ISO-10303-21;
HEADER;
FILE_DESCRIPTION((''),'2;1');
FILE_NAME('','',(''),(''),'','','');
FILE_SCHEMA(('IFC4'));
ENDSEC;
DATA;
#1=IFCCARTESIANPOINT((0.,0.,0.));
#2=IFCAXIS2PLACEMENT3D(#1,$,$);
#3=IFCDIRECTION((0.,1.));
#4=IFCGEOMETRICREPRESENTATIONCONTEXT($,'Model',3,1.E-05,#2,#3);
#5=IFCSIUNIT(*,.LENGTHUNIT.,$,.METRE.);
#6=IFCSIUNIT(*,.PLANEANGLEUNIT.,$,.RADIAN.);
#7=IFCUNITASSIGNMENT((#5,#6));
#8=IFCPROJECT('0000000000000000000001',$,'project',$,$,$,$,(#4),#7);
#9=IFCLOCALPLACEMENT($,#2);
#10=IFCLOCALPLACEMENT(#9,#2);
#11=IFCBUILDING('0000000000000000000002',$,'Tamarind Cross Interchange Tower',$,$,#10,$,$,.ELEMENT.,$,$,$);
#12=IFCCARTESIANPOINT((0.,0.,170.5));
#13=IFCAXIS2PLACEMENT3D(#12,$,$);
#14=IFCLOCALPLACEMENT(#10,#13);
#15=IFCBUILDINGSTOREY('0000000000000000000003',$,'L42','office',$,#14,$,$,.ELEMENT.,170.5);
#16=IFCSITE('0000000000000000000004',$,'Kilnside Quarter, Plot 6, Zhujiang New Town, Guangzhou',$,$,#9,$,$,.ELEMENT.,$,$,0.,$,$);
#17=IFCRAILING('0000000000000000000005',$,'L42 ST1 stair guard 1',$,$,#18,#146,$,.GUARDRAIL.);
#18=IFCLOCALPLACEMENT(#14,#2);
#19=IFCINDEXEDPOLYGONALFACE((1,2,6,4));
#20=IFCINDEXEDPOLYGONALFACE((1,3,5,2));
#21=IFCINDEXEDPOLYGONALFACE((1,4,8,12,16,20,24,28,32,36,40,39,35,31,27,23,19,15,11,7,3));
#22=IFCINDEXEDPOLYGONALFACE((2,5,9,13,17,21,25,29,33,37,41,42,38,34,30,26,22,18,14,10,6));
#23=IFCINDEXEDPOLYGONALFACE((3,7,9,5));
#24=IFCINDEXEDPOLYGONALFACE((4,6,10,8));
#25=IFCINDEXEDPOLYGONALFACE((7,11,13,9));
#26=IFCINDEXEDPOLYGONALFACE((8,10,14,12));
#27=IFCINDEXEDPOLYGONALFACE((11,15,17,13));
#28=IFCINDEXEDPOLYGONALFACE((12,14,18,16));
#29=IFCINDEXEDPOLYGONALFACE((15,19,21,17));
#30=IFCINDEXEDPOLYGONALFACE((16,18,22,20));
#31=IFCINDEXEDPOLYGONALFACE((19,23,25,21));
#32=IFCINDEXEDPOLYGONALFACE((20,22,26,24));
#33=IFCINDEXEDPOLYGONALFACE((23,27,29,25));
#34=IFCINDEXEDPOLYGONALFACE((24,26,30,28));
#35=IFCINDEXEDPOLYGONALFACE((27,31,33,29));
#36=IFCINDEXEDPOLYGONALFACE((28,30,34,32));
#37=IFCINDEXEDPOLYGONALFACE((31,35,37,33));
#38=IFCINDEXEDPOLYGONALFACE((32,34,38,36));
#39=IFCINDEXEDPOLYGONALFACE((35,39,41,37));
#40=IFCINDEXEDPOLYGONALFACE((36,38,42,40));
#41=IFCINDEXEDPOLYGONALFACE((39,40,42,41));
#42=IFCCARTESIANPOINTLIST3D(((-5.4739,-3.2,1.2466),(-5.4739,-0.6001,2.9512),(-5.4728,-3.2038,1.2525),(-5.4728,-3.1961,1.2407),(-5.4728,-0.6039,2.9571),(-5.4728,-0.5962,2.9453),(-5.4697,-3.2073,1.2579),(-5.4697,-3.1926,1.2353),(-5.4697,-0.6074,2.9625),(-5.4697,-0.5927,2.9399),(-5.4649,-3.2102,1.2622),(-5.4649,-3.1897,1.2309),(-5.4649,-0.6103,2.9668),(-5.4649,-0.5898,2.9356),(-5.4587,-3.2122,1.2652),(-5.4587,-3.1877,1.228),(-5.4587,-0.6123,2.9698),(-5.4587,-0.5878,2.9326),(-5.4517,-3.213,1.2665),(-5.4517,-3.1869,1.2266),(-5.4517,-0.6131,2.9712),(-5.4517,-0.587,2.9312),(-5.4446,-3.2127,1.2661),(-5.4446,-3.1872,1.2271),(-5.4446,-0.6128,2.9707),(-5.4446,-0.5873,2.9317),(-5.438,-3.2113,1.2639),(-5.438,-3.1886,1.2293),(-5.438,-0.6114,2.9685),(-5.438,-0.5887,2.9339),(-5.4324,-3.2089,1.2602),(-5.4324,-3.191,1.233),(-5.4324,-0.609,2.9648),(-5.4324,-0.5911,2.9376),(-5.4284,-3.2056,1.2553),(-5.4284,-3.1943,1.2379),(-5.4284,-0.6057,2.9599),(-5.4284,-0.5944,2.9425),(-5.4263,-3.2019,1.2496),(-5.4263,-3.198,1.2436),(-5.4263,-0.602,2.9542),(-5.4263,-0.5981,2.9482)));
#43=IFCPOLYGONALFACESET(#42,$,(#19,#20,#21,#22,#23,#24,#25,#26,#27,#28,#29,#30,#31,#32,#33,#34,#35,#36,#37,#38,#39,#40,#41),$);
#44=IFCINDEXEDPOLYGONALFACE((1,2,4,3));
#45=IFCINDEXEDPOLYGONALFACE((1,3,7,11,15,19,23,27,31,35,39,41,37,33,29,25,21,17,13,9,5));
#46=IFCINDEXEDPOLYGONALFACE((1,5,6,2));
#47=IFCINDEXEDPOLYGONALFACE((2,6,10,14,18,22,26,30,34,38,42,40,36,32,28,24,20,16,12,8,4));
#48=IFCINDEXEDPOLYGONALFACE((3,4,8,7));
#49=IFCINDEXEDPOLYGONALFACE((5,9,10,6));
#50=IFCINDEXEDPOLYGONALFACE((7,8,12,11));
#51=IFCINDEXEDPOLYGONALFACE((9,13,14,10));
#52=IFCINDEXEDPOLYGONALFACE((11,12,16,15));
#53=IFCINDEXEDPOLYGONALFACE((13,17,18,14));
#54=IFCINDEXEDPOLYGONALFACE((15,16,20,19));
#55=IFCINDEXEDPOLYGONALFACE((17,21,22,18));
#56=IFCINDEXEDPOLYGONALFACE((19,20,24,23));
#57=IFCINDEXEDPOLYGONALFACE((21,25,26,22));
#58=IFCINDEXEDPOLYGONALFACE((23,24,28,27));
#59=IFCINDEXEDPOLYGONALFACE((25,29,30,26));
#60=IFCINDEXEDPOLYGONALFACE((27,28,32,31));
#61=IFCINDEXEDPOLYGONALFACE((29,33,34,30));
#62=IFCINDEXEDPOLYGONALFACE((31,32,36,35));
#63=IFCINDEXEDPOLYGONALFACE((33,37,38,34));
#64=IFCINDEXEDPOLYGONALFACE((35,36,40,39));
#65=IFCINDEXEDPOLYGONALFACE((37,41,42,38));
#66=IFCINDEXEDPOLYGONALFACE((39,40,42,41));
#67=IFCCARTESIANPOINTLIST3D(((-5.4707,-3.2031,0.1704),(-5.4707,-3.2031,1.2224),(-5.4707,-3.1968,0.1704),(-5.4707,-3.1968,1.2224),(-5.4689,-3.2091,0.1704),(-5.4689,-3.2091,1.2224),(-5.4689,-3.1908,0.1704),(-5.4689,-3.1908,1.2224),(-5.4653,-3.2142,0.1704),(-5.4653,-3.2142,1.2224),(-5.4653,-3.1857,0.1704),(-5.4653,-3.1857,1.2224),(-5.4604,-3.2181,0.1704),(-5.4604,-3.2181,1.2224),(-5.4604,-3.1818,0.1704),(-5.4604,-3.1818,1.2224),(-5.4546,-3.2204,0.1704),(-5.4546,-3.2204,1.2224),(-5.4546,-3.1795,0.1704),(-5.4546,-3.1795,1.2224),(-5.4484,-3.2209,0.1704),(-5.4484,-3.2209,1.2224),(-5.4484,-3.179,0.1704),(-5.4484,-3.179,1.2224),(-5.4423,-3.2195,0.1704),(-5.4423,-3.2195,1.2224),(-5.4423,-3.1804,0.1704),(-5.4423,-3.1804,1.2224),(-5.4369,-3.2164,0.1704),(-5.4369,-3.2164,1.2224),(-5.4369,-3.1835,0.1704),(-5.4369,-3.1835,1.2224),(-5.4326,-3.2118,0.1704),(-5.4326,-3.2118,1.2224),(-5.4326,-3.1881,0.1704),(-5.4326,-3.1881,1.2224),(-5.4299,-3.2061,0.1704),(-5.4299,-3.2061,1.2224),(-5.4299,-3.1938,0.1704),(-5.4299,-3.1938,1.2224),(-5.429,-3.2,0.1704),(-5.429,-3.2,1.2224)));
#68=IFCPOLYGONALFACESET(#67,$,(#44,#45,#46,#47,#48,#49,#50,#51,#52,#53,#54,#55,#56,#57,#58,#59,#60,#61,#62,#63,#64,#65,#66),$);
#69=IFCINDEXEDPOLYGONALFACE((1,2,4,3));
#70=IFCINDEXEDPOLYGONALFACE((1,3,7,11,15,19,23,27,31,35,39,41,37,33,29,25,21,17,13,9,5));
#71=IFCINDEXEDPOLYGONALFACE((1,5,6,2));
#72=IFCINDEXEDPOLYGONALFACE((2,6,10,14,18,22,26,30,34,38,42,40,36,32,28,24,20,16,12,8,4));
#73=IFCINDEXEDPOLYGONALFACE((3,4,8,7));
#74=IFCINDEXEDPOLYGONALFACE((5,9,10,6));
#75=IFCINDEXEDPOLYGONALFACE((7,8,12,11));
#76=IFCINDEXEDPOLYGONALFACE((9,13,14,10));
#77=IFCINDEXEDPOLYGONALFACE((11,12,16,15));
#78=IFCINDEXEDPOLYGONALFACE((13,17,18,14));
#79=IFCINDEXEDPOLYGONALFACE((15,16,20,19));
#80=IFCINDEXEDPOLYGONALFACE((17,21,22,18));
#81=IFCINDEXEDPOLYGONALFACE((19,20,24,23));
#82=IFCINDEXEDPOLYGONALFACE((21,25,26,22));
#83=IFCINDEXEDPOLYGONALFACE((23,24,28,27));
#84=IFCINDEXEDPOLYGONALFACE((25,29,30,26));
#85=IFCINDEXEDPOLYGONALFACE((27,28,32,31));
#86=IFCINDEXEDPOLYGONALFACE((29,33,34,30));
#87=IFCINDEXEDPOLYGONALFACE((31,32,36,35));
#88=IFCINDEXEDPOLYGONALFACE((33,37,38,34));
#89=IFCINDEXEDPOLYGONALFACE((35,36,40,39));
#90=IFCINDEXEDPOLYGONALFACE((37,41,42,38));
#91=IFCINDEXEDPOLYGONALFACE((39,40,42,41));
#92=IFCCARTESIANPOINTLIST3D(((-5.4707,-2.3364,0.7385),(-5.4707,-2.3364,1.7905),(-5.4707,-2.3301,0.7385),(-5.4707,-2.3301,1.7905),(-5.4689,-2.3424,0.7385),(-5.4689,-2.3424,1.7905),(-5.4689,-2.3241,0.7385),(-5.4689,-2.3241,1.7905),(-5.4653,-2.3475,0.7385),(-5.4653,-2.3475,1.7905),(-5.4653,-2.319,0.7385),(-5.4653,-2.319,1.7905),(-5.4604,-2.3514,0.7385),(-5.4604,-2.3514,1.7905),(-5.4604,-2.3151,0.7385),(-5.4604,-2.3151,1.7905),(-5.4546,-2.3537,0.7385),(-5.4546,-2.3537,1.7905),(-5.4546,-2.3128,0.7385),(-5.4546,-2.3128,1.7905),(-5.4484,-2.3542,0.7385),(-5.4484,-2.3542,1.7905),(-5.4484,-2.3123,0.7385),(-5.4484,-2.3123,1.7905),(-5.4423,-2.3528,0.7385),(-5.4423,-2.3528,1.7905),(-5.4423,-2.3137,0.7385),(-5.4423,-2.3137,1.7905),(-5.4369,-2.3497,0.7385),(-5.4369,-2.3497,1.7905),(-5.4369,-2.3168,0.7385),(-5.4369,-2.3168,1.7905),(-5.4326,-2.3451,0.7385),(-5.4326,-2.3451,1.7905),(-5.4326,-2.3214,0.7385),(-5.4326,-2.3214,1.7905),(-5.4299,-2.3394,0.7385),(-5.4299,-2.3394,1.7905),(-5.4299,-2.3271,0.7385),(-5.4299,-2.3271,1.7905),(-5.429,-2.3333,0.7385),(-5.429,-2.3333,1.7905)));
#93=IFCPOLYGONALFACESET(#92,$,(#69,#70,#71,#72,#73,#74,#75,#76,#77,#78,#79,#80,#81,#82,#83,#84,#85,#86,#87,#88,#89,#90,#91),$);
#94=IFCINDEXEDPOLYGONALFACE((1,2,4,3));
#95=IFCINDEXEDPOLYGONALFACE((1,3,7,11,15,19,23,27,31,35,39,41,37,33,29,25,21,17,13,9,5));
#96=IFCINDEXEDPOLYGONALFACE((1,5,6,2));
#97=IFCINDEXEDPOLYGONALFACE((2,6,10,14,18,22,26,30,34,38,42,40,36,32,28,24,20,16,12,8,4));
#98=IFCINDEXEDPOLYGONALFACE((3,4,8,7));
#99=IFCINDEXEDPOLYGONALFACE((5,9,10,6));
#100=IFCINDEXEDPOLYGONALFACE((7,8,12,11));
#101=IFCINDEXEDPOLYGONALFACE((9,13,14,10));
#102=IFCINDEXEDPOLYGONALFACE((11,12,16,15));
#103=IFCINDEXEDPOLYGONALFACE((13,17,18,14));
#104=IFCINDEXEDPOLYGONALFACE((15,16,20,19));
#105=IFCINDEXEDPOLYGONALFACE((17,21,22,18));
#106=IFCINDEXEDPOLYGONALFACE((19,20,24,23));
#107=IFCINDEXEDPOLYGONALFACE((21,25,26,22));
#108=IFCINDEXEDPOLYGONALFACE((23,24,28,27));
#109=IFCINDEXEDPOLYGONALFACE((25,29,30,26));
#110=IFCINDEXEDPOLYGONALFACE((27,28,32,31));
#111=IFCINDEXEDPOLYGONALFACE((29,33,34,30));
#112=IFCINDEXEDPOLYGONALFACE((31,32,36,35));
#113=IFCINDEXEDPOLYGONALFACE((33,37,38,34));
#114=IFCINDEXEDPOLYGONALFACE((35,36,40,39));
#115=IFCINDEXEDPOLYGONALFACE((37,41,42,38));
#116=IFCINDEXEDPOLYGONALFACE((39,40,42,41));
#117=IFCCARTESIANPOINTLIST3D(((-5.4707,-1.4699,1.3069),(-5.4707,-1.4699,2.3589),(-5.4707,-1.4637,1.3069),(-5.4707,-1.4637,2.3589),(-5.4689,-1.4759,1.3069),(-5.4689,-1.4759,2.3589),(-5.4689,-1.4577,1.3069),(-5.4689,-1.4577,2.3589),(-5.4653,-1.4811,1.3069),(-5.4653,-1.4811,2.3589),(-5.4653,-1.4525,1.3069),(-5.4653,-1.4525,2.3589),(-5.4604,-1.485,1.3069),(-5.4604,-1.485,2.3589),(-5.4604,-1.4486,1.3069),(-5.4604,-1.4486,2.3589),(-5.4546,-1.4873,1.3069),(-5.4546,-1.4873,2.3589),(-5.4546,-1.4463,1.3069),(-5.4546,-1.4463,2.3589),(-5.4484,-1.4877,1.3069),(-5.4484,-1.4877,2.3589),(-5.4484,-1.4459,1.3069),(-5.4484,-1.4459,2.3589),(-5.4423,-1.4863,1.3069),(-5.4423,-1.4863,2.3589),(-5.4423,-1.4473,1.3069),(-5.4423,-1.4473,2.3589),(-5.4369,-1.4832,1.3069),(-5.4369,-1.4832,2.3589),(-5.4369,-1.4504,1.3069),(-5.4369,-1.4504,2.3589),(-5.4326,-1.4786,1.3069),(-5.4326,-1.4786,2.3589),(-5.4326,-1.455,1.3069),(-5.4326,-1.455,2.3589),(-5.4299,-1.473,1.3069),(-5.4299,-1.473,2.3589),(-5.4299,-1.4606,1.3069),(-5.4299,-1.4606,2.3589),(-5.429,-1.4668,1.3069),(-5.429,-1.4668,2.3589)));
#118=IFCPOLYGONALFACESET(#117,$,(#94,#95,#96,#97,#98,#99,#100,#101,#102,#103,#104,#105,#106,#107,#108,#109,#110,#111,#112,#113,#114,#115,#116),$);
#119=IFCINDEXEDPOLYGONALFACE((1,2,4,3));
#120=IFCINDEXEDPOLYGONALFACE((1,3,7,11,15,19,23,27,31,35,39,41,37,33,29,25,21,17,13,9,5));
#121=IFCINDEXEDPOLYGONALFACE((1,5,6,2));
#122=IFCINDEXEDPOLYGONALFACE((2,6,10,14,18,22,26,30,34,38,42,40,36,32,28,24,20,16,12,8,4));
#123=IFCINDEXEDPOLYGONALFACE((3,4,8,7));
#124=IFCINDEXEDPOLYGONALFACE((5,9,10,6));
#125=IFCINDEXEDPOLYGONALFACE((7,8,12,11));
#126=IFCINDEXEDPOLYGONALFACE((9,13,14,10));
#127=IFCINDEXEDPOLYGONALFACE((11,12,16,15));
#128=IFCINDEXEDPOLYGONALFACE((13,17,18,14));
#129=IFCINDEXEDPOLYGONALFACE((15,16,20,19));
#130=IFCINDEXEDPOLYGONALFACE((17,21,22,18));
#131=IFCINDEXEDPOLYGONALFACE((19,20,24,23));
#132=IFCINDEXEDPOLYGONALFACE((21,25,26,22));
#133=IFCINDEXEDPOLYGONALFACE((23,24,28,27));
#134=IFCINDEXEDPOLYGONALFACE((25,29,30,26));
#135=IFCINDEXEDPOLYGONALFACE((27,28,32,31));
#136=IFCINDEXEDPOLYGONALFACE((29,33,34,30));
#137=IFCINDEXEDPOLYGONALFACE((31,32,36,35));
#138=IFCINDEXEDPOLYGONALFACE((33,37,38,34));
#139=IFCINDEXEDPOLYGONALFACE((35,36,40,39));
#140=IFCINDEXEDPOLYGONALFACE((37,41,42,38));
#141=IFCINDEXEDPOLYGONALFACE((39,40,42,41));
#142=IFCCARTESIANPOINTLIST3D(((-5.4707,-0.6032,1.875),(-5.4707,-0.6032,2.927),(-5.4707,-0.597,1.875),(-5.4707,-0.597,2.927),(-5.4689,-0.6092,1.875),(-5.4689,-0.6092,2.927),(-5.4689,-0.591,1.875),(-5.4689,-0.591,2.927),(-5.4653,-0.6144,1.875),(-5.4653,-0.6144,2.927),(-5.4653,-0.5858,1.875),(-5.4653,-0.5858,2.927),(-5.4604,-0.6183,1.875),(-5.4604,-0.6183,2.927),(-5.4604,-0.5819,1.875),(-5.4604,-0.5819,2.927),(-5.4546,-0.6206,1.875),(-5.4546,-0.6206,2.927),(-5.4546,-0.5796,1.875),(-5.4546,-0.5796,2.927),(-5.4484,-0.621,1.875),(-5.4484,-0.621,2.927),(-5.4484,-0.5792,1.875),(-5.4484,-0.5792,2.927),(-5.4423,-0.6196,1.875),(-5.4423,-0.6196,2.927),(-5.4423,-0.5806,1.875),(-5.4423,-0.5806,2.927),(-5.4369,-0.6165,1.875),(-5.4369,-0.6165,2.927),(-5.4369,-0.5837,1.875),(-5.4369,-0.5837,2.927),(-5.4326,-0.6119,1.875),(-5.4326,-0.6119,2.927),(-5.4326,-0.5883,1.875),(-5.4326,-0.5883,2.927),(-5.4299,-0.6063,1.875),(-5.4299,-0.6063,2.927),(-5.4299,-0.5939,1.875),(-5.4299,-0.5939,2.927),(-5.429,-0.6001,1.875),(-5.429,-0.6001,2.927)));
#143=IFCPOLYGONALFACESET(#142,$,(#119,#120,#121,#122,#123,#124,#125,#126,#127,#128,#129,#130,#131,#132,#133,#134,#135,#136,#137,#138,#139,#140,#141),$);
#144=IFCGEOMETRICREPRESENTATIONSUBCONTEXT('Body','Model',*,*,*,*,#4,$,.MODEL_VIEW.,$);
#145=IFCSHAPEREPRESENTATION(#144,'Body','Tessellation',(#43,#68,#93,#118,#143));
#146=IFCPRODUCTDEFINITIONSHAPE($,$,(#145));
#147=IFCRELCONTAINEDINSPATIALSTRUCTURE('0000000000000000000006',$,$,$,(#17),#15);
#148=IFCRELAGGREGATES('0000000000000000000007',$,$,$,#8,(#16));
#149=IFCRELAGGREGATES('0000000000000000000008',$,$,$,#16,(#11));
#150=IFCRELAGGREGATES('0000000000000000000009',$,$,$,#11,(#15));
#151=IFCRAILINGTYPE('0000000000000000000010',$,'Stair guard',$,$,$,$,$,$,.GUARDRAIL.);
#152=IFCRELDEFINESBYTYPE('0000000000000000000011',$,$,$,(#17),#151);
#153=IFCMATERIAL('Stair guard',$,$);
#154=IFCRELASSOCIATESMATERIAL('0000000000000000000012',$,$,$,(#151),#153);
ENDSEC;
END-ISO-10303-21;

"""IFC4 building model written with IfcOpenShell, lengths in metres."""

from ifc_helpers import new_model, si_unit, direction, frame, origin, origin_2d, place, context, subcontext, project, spatial, circle, extrude, material, type_object, element, save


model = new_model("IFC4")

# Units and contexts
model_context = context("Model", 3, precision=1e-05, world=origin(), true_north=direction((0.0, 1.0)))
body_context = subcontext(model_context, "Body", "Model", "MODEL_VIEW")
ifc_project = project(units=[si_unit("LENGTHUNIT", "METRE"), si_unit("PLANEANGLEUNIT", "RADIAN")], contexts=[model_context])

# Site, building, storey
site_placement = place(None, origin())
site = spatial("IfcSite", under=ifc_project, at=site_placement, Name="Kilnside Quarter, Plot 6, Zhujiang New Town, Guangzhou", CompositionType="ELEMENT", RefElevation=0.0)
building_placement = place(site_placement, origin())
building = spatial("IfcBuilding", under=site, at=building_placement, Name="Tamarind Cross Interchange Tower", CompositionType="ELEMENT")
storey_placement = place(building_placement, frame((0.0, 0.0, 170.5)))
storey = spatial("IfcBuildingStorey", under=building, at=storey_placement, Name="L42", Description="office", CompositionType="ELEMENT", Elevation=170.5)

# Railing
ifc_material_1 = material(Name="Stair guard")
railing_type_1 = type_object("IfcRailingType", Name="Stair guard", PredefinedType="GUARDRAIL", material=ifc_material_1)
railing_1_placement = place(storey_placement, frame((-5.45, -3.2, 0.1704)))
element("IfcRailing", 1, at=railing_1_placement, inside=storey, type_object=railing_type_1, Name="L42 ST1 stair guard 1", PredefinedType="GUARDRAIL", context=body_context, shape_type="SweptSolid", body=[
    extrude(circle(Radius=0.0239, at=origin_2d()), frame((0.0, 0.0, 1.0762), z_axis=(0.0, 0.836279, 0.548305), x_axis=(-1.0, 0.0, 0.0)), (0.0, 0.0, 1.0), 3.1089),
    extrude(circle(Radius=0.021, at=origin_2d()), origin(), (0.0, 0.0, 1.0), 1.052),
    extrude(circle(Radius=0.021, at=origin_2d()), frame((0.0, 0.8667, 0.5681)), (0.0, 0.0, 1.0), 1.052),
    extrude(circle(Radius=0.021, at=origin_2d()), frame((0.0, 1.7332, 1.1365)), (0.0, 0.0, 1.0), 1.052),
    extrude(circle(Radius=0.021, at=origin_2d()), frame((0.0, 2.5999, 1.7046)), (0.0, 0.0, 1.0), 1.052),
])

save(model, "model.ifc")
